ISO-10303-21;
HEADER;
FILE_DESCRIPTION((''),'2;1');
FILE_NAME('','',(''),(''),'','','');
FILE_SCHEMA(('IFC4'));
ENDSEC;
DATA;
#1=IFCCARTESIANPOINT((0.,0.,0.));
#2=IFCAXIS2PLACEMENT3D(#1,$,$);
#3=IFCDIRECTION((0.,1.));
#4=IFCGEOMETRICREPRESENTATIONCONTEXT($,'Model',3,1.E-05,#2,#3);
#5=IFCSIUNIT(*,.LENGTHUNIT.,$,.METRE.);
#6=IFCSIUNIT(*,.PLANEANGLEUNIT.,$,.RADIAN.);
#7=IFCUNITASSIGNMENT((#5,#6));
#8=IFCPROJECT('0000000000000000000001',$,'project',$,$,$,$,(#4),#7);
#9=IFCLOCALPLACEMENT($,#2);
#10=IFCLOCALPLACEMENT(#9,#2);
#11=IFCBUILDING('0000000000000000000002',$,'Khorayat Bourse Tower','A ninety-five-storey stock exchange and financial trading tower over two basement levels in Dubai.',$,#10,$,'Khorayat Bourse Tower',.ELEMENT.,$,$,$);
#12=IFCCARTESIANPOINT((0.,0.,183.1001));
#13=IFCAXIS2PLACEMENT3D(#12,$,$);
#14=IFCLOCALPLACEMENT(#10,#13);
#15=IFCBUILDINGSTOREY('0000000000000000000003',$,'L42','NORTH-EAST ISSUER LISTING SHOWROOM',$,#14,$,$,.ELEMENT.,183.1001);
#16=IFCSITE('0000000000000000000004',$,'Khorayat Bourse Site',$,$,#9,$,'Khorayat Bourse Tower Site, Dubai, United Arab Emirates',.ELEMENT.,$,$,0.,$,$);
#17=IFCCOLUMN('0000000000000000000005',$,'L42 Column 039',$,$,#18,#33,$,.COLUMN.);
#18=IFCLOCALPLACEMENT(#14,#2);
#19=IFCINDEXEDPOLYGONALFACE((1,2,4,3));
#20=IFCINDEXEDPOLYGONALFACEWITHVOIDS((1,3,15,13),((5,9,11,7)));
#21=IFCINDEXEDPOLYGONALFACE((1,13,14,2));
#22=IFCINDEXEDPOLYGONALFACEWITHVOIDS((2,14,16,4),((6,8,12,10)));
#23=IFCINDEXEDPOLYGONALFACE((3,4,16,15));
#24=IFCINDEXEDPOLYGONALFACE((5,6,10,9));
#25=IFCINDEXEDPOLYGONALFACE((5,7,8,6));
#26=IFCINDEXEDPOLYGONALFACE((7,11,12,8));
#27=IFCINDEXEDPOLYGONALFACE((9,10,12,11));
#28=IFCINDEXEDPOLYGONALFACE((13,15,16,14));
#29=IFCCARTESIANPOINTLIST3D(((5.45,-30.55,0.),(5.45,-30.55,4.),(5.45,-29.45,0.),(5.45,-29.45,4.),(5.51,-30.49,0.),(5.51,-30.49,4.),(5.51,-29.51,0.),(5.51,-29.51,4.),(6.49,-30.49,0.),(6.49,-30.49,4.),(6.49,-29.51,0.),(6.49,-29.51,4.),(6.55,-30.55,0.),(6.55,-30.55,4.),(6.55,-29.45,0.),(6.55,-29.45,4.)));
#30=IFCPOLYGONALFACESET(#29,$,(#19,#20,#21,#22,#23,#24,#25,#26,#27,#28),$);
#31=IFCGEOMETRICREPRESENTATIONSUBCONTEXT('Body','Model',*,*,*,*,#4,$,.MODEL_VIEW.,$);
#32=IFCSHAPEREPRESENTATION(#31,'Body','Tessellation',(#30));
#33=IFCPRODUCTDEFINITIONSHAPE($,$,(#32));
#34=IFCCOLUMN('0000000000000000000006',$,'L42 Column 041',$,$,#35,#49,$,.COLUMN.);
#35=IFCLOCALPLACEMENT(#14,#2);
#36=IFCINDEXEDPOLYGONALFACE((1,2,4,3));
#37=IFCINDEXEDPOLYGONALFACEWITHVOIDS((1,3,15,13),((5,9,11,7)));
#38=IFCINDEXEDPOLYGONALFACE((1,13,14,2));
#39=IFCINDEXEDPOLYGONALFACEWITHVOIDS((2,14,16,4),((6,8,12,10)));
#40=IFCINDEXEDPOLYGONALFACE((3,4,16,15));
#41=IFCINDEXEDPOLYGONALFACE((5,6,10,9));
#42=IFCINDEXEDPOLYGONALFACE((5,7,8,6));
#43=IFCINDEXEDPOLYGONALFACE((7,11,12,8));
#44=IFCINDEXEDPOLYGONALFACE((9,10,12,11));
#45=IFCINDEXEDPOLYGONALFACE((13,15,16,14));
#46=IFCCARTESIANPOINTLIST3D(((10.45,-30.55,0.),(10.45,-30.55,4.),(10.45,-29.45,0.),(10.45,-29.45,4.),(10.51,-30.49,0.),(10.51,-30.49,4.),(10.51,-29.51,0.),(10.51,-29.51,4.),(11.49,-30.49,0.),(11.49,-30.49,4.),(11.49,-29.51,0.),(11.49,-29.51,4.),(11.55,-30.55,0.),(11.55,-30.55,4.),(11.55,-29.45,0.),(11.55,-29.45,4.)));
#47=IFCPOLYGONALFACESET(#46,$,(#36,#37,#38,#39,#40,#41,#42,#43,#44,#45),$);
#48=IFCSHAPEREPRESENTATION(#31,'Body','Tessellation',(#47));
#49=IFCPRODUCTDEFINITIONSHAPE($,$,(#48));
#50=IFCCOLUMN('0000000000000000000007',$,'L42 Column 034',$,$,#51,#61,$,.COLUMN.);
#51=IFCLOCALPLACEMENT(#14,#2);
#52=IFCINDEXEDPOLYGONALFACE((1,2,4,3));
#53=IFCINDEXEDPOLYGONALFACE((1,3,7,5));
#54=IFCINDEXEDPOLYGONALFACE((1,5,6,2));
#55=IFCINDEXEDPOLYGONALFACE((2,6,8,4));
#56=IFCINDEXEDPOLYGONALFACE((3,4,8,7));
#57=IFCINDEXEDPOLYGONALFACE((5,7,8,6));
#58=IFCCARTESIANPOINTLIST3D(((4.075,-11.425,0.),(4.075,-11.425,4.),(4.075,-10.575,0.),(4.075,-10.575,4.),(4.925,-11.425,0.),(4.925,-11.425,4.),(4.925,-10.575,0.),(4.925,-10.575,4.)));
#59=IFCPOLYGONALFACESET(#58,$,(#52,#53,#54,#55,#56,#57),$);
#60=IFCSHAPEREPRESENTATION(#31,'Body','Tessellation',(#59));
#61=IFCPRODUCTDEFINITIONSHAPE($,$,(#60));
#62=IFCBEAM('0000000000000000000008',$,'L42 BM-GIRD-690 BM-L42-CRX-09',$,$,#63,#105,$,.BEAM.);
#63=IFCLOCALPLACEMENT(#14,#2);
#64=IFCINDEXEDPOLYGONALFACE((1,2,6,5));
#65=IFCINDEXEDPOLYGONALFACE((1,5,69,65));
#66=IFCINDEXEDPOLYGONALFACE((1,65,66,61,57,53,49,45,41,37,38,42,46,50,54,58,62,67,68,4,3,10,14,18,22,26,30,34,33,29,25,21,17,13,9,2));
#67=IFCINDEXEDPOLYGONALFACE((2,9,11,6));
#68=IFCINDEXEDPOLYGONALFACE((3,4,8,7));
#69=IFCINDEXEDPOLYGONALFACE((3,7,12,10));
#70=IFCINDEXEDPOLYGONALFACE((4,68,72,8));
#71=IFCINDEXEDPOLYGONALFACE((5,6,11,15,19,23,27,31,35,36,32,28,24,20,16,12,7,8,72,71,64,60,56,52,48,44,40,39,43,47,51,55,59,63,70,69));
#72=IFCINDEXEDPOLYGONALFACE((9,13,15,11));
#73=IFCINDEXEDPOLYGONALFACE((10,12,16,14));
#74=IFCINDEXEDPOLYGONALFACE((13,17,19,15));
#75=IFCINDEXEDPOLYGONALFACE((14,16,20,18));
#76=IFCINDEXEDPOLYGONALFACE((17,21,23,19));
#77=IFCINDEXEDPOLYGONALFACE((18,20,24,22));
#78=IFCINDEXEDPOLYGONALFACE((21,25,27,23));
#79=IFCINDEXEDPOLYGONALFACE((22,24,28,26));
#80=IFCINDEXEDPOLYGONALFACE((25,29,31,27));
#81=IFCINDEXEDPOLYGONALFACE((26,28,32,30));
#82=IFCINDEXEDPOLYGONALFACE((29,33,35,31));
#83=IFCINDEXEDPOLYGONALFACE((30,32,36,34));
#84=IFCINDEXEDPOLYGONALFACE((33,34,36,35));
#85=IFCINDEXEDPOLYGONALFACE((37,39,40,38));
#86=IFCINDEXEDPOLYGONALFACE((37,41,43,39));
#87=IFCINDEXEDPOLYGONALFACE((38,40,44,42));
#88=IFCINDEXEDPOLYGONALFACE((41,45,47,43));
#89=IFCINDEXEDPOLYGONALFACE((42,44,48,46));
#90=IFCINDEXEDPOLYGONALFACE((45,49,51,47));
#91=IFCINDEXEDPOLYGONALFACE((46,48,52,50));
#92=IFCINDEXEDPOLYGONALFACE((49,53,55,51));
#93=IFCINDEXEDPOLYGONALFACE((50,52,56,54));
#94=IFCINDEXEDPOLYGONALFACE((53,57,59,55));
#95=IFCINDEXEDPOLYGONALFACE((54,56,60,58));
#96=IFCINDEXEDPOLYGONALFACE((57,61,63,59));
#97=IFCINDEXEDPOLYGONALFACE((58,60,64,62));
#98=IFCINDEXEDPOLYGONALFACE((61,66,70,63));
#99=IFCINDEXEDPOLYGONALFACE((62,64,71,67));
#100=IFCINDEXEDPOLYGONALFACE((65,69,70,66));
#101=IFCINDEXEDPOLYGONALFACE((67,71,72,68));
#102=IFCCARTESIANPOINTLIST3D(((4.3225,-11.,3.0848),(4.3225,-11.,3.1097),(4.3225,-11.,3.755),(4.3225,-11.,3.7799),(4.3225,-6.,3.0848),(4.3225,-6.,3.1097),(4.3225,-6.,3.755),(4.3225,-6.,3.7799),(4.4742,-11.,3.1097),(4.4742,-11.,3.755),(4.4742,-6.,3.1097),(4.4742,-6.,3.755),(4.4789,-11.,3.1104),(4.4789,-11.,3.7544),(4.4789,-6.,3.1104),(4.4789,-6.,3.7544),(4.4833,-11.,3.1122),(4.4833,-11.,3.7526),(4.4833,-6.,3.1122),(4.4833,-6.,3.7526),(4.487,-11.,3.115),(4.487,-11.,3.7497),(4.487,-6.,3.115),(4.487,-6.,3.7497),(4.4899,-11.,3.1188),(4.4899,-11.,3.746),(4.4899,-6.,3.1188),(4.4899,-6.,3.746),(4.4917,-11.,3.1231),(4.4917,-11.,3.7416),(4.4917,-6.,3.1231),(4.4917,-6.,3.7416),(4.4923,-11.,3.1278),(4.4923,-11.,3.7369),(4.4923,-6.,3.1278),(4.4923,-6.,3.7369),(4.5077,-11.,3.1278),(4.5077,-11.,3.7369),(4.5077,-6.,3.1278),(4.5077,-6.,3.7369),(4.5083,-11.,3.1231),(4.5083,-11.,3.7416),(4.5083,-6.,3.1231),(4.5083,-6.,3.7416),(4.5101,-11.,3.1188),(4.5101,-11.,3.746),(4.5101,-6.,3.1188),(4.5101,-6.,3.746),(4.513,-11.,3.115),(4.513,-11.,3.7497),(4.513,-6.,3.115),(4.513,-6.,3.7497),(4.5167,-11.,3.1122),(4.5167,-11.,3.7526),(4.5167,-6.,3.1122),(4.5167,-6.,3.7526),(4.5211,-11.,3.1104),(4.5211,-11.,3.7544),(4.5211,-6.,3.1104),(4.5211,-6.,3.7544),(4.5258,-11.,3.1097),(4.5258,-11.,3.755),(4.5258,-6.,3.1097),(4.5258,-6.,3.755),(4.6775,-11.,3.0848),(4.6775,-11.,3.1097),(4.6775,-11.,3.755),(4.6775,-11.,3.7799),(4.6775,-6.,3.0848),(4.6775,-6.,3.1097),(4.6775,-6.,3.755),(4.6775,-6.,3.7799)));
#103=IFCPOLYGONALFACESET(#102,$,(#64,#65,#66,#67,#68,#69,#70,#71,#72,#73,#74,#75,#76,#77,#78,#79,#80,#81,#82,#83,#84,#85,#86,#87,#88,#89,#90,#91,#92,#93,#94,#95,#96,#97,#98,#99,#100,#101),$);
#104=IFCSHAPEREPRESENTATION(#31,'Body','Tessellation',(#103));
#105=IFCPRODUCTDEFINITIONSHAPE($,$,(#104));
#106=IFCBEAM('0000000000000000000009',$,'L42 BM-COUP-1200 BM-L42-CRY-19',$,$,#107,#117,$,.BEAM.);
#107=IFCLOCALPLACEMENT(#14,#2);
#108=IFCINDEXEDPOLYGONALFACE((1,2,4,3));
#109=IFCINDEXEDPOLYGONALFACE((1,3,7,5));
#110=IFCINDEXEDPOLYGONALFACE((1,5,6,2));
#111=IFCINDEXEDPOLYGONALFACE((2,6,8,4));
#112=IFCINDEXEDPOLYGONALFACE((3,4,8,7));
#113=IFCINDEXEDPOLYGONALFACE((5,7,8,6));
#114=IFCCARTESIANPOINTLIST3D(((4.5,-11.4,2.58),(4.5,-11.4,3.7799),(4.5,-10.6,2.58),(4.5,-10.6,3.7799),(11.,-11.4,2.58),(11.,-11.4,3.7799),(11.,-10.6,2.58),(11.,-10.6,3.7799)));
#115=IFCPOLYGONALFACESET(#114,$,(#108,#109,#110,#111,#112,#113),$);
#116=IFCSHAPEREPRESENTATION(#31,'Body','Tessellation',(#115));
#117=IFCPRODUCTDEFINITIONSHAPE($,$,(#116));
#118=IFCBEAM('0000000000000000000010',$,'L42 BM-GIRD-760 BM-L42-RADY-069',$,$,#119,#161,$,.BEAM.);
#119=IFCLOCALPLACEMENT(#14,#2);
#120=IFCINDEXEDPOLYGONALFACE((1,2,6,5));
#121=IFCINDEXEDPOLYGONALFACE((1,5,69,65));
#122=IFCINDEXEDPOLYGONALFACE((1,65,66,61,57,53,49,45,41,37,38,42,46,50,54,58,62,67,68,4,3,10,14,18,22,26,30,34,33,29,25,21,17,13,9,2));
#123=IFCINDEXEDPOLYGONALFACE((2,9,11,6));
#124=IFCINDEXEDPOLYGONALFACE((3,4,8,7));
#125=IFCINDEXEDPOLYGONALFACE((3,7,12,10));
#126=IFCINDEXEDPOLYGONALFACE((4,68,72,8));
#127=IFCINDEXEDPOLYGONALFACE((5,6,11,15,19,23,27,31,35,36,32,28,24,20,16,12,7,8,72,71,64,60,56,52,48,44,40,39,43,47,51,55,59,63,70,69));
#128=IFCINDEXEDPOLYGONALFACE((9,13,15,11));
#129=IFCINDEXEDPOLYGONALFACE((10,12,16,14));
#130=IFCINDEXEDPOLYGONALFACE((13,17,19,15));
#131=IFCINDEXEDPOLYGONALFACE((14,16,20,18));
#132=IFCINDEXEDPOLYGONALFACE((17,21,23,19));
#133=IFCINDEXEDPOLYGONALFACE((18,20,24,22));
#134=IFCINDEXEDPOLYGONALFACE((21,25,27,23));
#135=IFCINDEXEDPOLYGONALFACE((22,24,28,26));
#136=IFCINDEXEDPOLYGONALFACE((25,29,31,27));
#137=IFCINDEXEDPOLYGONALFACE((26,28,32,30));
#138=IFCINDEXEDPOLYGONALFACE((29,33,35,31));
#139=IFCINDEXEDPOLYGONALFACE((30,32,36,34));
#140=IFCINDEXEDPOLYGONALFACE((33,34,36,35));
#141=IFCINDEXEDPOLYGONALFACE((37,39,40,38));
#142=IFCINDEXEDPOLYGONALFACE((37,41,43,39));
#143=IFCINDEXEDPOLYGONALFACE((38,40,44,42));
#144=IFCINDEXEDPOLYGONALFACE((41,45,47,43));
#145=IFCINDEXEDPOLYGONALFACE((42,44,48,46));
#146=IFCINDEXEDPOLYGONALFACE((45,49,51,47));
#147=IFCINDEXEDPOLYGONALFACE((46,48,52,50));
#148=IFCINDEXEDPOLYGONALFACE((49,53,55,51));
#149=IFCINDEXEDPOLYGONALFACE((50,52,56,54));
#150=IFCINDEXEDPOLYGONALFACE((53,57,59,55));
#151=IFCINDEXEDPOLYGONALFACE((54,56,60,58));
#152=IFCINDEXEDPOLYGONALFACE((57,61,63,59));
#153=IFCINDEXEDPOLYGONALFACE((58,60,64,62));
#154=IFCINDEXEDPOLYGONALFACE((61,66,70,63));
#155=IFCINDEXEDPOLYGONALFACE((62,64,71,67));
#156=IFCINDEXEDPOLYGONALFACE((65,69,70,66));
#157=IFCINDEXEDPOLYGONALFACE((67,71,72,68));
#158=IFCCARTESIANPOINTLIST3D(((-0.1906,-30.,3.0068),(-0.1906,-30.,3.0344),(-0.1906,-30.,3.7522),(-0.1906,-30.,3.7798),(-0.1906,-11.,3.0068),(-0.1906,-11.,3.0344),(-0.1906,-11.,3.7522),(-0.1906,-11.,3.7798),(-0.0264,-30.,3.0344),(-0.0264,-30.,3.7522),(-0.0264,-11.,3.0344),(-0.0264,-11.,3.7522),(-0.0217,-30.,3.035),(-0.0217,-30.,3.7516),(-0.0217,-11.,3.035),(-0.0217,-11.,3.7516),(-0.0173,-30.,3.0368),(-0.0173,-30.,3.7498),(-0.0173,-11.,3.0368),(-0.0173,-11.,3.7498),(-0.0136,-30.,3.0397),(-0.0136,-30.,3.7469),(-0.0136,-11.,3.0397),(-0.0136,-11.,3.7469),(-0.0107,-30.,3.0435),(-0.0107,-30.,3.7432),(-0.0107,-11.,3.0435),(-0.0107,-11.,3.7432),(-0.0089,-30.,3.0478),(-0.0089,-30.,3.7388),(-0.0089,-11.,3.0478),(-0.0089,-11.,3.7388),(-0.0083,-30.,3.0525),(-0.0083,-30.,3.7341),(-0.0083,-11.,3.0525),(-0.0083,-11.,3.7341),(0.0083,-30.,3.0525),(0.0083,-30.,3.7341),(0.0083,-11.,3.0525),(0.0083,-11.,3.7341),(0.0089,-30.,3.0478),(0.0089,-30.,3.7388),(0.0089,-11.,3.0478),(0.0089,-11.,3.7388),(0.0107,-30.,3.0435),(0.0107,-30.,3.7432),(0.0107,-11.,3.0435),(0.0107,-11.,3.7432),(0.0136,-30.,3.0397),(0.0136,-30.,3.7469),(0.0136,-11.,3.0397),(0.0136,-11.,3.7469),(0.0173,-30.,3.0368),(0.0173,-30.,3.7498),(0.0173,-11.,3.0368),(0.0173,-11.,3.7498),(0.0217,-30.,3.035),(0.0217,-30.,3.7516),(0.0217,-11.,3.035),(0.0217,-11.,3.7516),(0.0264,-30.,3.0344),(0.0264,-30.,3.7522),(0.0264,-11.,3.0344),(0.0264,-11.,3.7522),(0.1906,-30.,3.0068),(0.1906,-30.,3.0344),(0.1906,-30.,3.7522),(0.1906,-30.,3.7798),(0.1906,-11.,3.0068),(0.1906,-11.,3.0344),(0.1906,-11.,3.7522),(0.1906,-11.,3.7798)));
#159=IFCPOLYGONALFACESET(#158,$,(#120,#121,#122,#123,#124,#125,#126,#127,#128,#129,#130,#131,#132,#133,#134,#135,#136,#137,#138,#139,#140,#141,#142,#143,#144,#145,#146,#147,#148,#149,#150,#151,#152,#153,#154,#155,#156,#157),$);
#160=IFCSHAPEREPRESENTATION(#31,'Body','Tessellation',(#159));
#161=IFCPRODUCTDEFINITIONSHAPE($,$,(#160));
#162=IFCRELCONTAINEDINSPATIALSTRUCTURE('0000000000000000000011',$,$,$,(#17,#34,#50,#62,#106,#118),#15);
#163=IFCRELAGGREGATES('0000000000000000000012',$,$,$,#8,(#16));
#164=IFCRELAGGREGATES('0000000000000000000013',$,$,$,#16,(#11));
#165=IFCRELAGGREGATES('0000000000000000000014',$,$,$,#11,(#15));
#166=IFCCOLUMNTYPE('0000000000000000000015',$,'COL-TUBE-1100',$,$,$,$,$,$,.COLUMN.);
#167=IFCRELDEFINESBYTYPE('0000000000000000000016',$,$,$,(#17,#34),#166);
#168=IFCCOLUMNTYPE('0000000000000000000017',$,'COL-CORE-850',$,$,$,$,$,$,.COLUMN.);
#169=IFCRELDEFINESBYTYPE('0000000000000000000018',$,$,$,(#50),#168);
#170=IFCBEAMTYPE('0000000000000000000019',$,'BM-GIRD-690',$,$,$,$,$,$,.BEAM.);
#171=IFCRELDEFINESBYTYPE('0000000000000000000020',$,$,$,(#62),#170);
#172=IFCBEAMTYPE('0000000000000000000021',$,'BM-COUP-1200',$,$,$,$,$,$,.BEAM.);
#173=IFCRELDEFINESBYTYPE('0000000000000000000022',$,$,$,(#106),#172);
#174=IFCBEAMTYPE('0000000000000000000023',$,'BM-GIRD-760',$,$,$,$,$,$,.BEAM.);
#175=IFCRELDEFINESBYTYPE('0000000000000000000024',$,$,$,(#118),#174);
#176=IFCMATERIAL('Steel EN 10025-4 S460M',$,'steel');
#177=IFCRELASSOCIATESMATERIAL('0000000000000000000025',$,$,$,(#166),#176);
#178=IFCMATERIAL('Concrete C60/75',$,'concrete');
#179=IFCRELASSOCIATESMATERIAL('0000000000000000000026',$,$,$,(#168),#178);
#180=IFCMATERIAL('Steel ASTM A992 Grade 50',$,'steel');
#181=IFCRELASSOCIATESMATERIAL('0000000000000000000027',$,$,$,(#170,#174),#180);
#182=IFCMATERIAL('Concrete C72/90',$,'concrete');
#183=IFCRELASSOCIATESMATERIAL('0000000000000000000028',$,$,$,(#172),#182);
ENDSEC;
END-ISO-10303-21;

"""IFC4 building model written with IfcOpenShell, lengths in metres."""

from ifc_helpers import new_model, si_unit, direction, frame, origin, origin_2d, place, context, subcontext, project, spatial, rectangle, hollow_rectangle, i_section, extrude, source, transform, mapped, material, material_profile, profile_set, type_object, element, save


model = new_model("IFC4")

# Units and contexts
model_context = context("Model", 3, precision=1e-05, world=origin(), true_north=direction((0.0, 1.0)))
body_context = subcontext(model_context, "Body", "Model", "MODEL_VIEW")
ifc_project = project(units=[si_unit("LENGTHUNIT", "METRE"), si_unit("PLANEANGLEUNIT", "RADIAN")], contexts=[model_context])

# Site, building, storey
site_placement = place(None, origin())
site = spatial("IfcSite", under=ifc_project, at=site_placement, Name="Khorayat Bourse Site", LongName="Khorayat Bourse Tower Site, Dubai, United Arab Emirates", CompositionType="ELEMENT", RefElevation=0.0)
building_placement = place(site_placement, origin())
building = spatial("IfcBuilding", under=site, at=building_placement, Name="Khorayat Bourse Tower", Description="A ninety-five-storey stock exchange and financial trading tower over two basement levels in Dubai.", LongName="Khorayat Bourse Tower", CompositionType="ELEMENT")
storey_placement = place(building_placement, frame((0.0, 0.0, 183.1001)))
storey = spatial("IfcBuildingStorey", under=building, at=storey_placement, Name="L42", Description="NORTH-EAST ISSUER LISTING SHOWROOM", CompositionType="ELEMENT", Elevation=183.1001)

# Columns
ifc_material_1 = material(Name="Steel EN 10025-4 S460M", Category="steel")
ifc_material_profile_1 = material_profile(ifc_material_1, hollow_rectangle(XDim=1.1001, YDim=1.1001, WallThickness=0.0601, at=origin_2d()), Name="BOX 1100x1100x60")
ifc_profile_set_1 = profile_set([ifc_material_profile_1], Name="Steel EN 10025-4 S460M")
column_type_1 = type_object("IfcColumnType", Name="COL-TUBE-1100", PredefinedType="COLUMN", material=ifc_profile_set_1)
shared_shape_1 = source(origin(), body_context, "Body", "SweptSolid", [
    extrude(hollow_rectangle(XDim=1.1001, YDim=1.1001, WallThickness=0.0601, at=origin_2d()), origin(), (0.0, 0.0, 1.0), 4.0),
])
for number, where, z_axis, x_axis, name in (
    (1, (6.0, -30.0, 0.0), (0.0, 0.0, 1.0), (1.0, 0.0, 0.0), "L42 Column 039"),
    (2, (11.0, -30.0, 0.0), (0.0, 0.0, 1.0), (1.0, 0.0, 0.0), "L42 Column 041"),
):
    element("IfcColumn", number, at=place(storey_placement, frame(where, z_axis=z_axis, x_axis=x_axis)), inside=storey, type_object=column_type_1, Name=name, PredefinedType="COLUMN", context=body_context, shape_type="MappedRepresentation", body=[
        mapped(shared_shape_1, transform((0.0, 0.0, 0.0), scale=1.0)),
    ])
ifc_material_2 = material(Name="Concrete C60/75", Category="concrete")
ifc_material_profile_2 = material_profile(ifc_material_2, rectangle(XDim=0.8501, YDim=0.8501, at=origin_2d()), Name="RC 850x850")
ifc_profile_set_2 = profile_set([ifc_material_profile_2], Name="Concrete C60/75")
column_type_2 = type_object("IfcColumnType", Name="COL-CORE-850", PredefinedType="COLUMN", material=ifc_profile_set_2)
shared_shape_2 = source(origin(), body_context, "Body", "SweptSolid", [
    extrude(rectangle(XDim=0.8501, YDim=0.8501, at=origin_2d()), origin(), (0.0, 0.0, 1.0), 4.0),
])
column_placement = place(storey_placement, frame((4.5, -11.0, 0.0), z_axis=(0.0, 0.0, 1.0), x_axis=(1.0, 0.0, 0.0)))
element("IfcColumn", 3, at=column_placement, inside=storey, type_object=column_type_2, Name="L42 Column 034", PredefinedType="COLUMN", context=body_context, shape_type="MappedRepresentation", body=[
    mapped(shared_shape_2, transform((0.0, 0.0, 0.0), scale=1.0)),
])

# Beams
ifc_material_3 = material(Name="Steel ASTM A992 Grade 50", Category="steel")
ifc_material_profile_3 = material_profile(ifc_material_3, i_section(OverallWidth=0.355, OverallDepth=0.6951, WebThickness=0.0154, FlangeThickness=0.0249, FilletRadius=0.0181, at=origin_2d()), Name="W690X217")
ifc_profile_set_3 = profile_set([ifc_material_profile_3], Name="Steel ASTM A992 Grade 50")
beam_type_1 = type_object("IfcBeamType", Name="BM-GIRD-690", PredefinedType="BEAM", material=ifc_profile_set_3)
shared_shape_3 = source(origin(), body_context, "Body", "SweptSolid", [
    extrude(i_section(OverallWidth=0.355, OverallDepth=0.6951, WebThickness=0.0154, FlangeThickness=0.0249, FilletRadius=0.0181, at=origin_2d()), origin(), (0.0, 0.0, 1.0), 5.0),
])
beam_1_placement = place(storey_placement, frame((4.5, -11.0, 3.4324), z_axis=(0.0, 1.0, 0.0), x_axis=(-1.0, 0.0, 0.0)))
element("IfcBeam", 4, at=beam_1_placement, inside=storey, type_object=beam_type_1, Name="L42 BM-GIRD-690 BM-L42-CRX-09", PredefinedType="BEAM", context=body_context, shape_type="MappedRepresentation", body=[
    mapped(shared_shape_3, transform((0.0, 0.0, 0.0), scale=1.0)),
])
ifc_material_4 = material(Name="Concrete C72/90", Category="concrete")
ifc_material_profile_4 = material_profile(ifc_material_4, rectangle(XDim=0.8, YDim=1.2, at=origin_2d()), Name="RC 800x1200")
ifc_profile_set_4 = profile_set([ifc_material_profile_4], Name="Concrete C72/90")
beam_type_2 = type_object("IfcBeamType", Name="BM-COUP-1200", PredefinedType="BEAM", material=ifc_profile_set_4)
shared_shape_4 = source(origin(), body_context, "Body", "SweptSolid", [
    extrude(rectangle(XDim=0.8, YDim=1.2, at=origin_2d()), origin(), (0.0, 0.0, 1.0), 6.5),
])
beam_2_placement = place(storey_placement, frame((4.5, -11.0, 3.1799), z_axis=(1.0, 0.0, 0.0), x_axis=(0.0, 1.0, 0.0)))
element("IfcBeam", 5, at=beam_2_placement, inside=storey, type_object=beam_type_2, Name="L42 BM-COUP-1200 BM-L42-CRY-19", PredefinedType="BEAM", context=body_context, shape_type="MappedRepresentation", body=[
    mapped(shared_shape_4, transform((0.0, 0.0, 0.0), scale=1.0)),
])
ifc_material_profile_5 = material_profile(ifc_material_3, i_section(OverallWidth=0.3811, OverallDepth=0.7729, WebThickness=0.0166, FlangeThickness=0.0276, FilletRadius=0.0181, at=origin_2d()), Name="W760X257")
ifc_profile_set_5 = profile_set([ifc_material_profile_5], Name="Steel ASTM A992 Grade 50")
beam_type_3 = type_object("IfcBeamType", Name="BM-GIRD-760", PredefinedType="BEAM", material=ifc_profile_set_5)
shared_shape_5 = source(origin(), body_context, "Body", "SweptSolid", [
    extrude(i_section(OverallWidth=0.3811, OverallDepth=0.7729, WebThickness=0.0166, FlangeThickness=0.0276, FilletRadius=0.0181, at=origin_2d()), origin(), (0.0, 0.0, 1.0), 19.0),
])
for number, where, z_axis, x_axis, name in (
    (6, (0.0, -30.0, 3.3933), (0.0, 1.0, 0.0), (-1.0, 0.0, 0.0), "L42 BM-GIRD-760 BM-L42-RADY-069"),
):
    element("IfcBeam", number, at=place(storey_placement, frame(where, z_axis=z_axis, x_axis=x_axis)), inside=storey, type_object=beam_type_3, Name=name, PredefinedType="BEAM", context=body_context, shape_type="MappedRepresentation", body=[
        mapped(shared_shape_5, transform((0.0, 0.0, 0.0), scale=1.0)),
    ])

save(model, "model.ifc")
